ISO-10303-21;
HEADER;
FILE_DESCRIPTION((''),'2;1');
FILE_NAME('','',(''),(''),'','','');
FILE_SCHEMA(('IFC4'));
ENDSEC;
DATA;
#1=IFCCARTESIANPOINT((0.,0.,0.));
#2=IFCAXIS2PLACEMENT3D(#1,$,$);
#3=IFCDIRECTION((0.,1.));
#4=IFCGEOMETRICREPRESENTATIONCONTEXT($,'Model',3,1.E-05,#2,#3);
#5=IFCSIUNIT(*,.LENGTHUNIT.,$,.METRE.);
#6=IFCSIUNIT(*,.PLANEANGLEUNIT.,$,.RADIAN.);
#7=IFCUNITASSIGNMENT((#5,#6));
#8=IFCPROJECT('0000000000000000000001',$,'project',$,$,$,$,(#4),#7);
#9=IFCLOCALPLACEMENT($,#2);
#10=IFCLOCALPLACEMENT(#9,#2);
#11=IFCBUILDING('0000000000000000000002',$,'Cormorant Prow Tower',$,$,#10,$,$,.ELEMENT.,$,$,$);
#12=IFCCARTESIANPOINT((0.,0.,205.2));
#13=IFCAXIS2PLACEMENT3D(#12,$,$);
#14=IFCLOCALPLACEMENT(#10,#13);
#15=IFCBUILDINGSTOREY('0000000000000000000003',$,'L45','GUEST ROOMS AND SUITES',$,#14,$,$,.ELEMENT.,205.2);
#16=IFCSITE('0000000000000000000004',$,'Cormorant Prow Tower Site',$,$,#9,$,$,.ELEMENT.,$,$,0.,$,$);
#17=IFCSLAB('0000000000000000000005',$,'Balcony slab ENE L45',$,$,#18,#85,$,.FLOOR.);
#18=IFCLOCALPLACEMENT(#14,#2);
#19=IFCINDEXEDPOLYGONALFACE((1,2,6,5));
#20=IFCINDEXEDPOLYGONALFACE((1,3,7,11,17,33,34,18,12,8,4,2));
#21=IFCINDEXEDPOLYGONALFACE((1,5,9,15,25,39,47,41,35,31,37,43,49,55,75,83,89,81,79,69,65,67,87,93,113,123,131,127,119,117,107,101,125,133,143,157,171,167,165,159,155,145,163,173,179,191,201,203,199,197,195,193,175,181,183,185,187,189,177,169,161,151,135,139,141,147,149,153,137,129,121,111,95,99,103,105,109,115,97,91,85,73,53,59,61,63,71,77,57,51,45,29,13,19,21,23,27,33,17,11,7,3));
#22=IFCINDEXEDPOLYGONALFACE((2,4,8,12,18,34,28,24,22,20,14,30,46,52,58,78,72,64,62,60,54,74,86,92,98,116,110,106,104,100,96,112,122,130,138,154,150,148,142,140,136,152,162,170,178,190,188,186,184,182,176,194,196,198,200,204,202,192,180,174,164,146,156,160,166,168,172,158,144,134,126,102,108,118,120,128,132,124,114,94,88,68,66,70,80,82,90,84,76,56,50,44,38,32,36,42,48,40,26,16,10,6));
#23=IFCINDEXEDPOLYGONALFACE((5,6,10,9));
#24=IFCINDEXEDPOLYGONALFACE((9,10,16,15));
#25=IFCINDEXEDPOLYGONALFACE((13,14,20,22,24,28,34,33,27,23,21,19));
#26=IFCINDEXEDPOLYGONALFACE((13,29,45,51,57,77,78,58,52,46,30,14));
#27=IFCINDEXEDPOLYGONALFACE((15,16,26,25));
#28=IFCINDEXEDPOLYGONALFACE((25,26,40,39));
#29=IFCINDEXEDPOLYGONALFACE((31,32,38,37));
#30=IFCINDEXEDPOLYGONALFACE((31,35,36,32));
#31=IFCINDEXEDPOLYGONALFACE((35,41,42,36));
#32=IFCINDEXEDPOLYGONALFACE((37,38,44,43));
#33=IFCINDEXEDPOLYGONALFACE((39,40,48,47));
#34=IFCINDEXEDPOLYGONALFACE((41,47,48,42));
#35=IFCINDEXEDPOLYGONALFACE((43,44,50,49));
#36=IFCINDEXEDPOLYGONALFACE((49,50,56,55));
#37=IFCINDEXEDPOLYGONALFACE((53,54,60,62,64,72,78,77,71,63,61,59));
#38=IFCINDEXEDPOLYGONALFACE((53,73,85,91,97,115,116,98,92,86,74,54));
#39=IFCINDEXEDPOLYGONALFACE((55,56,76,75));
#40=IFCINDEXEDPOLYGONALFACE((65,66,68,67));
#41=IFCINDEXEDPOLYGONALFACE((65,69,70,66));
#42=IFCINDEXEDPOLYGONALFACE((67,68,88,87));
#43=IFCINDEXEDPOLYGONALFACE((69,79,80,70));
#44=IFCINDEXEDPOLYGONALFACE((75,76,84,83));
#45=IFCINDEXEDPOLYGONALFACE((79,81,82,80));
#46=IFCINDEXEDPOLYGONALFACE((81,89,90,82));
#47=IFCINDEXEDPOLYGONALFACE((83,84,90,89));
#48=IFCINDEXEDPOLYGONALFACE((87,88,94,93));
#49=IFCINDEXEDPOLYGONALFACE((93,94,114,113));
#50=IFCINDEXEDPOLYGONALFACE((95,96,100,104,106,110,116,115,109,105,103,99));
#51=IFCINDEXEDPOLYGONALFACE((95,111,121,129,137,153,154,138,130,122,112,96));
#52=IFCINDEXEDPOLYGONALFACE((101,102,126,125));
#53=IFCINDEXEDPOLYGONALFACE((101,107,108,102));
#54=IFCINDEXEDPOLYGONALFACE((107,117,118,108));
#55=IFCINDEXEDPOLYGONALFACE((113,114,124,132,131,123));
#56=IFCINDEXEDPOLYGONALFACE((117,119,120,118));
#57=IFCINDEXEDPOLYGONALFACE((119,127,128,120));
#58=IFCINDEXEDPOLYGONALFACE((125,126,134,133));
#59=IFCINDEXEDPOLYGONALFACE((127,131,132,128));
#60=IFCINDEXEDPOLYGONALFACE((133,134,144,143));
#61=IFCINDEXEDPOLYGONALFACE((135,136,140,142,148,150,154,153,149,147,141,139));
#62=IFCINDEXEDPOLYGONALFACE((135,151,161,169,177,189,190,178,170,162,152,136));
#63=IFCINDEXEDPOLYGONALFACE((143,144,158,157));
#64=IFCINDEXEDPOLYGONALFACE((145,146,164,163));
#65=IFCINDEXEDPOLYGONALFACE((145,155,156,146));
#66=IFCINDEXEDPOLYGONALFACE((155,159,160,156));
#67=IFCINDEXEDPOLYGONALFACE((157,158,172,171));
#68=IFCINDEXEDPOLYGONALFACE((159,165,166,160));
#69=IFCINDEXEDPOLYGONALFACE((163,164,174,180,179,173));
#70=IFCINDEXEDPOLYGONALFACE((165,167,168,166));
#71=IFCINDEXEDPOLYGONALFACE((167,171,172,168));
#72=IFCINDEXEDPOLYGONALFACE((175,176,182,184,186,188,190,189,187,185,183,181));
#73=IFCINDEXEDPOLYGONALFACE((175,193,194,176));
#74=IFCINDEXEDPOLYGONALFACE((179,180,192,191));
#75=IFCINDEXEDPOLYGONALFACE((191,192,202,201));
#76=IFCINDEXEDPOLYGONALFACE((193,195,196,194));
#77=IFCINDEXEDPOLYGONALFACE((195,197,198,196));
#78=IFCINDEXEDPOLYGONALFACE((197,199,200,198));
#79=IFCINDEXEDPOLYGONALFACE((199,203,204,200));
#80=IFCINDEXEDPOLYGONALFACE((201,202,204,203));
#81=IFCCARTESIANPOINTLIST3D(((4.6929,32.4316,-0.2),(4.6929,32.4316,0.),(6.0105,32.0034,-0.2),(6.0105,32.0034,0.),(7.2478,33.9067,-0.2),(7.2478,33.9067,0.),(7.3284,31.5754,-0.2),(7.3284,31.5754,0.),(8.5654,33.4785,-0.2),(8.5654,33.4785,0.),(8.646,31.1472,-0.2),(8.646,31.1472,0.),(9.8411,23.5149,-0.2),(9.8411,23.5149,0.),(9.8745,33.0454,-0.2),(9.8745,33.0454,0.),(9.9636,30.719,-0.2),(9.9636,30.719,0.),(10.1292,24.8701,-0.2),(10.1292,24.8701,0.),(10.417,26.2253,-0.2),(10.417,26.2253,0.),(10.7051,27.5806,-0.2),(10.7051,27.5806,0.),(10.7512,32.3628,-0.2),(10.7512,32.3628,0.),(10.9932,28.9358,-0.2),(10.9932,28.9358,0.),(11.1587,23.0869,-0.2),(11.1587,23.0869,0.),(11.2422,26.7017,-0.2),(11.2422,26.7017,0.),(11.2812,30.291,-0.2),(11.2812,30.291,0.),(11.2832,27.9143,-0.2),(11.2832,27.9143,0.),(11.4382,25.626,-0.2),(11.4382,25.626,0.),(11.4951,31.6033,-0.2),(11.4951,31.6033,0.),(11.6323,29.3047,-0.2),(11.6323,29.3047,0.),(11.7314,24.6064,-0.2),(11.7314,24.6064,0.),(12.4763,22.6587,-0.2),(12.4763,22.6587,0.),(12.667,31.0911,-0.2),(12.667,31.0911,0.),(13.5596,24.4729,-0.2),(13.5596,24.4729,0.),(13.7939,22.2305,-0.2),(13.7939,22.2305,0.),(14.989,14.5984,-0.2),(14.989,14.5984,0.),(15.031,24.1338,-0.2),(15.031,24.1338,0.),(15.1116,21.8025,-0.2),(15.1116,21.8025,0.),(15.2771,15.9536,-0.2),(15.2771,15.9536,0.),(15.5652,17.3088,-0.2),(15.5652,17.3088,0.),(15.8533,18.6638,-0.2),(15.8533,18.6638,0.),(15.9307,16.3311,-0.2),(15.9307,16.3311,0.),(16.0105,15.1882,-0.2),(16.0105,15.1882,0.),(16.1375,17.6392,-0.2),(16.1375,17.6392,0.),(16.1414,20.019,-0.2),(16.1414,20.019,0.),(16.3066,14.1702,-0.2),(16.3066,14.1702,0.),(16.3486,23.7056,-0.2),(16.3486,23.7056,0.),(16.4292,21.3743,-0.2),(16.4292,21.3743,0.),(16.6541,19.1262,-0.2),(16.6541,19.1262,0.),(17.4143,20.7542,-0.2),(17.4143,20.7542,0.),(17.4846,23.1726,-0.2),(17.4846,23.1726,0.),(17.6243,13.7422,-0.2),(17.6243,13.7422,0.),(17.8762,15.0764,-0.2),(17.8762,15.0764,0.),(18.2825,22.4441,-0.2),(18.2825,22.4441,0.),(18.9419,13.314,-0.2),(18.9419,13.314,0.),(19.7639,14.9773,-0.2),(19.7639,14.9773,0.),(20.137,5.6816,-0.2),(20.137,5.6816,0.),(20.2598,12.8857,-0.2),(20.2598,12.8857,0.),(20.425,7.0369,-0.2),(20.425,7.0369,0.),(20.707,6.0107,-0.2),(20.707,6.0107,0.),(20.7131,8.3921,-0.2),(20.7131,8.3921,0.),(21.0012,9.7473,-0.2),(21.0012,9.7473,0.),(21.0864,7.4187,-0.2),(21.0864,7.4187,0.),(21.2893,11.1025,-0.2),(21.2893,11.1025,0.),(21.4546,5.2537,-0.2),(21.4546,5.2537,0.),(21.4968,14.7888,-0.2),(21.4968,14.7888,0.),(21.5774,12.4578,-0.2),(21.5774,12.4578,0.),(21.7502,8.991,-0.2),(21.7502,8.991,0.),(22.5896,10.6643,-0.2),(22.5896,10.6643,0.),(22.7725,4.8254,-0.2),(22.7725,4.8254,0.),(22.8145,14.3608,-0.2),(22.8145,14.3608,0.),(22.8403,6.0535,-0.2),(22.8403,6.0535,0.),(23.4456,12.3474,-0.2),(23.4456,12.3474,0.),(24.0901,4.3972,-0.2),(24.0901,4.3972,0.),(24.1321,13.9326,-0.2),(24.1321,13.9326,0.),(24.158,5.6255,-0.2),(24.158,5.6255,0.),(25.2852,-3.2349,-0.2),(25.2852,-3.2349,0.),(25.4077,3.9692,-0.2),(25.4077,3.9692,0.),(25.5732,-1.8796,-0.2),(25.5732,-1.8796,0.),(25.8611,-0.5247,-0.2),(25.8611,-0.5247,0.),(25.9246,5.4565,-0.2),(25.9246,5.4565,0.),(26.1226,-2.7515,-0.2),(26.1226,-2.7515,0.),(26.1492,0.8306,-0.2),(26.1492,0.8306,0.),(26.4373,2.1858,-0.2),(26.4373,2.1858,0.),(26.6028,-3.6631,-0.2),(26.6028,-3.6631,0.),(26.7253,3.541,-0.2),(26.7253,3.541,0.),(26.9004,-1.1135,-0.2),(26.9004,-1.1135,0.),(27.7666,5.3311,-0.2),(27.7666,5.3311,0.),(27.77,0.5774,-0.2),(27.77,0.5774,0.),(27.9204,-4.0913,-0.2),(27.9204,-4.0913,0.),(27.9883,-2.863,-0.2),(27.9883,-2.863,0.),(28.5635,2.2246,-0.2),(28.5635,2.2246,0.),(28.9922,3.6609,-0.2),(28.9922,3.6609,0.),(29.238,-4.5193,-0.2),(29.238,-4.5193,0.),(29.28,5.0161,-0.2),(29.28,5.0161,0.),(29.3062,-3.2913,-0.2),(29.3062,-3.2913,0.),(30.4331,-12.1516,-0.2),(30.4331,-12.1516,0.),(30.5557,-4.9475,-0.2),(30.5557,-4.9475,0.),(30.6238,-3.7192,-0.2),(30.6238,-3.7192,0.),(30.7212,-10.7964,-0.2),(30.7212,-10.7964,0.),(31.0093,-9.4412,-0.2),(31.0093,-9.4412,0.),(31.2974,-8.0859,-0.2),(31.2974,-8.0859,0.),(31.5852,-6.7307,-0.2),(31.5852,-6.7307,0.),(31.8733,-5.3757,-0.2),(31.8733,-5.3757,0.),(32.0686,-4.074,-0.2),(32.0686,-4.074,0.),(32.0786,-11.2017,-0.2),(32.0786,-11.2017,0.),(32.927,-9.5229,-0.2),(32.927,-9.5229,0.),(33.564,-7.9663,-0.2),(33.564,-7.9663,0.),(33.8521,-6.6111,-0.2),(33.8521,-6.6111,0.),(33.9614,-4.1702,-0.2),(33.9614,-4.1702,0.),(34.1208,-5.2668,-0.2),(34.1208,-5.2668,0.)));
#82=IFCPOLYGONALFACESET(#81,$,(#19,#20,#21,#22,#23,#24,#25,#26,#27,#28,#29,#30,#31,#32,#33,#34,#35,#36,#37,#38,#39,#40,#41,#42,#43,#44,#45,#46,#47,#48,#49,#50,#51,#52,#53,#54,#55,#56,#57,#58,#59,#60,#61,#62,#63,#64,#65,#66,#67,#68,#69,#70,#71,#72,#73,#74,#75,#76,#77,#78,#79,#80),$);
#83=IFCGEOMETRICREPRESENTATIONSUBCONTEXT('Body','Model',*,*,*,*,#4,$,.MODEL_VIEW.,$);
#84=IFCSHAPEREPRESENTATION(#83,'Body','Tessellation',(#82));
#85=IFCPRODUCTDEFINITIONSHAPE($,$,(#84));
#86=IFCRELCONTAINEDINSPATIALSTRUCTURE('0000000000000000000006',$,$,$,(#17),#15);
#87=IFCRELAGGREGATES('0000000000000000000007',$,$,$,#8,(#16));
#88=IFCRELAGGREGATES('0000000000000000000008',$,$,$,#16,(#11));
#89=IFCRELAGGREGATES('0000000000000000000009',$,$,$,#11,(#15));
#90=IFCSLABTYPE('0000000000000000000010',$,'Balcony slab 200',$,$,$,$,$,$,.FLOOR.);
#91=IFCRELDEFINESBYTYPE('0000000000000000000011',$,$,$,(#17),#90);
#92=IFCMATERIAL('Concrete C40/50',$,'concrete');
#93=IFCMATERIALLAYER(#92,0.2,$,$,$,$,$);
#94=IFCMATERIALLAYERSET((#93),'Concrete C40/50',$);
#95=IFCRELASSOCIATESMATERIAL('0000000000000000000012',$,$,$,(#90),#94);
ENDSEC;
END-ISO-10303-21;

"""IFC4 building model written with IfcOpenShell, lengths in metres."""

from ifc_helpers import new_model, si_unit, direction, frame, origin, place, context, subcontext, project, spatial, polyline, outline, extrude, material, layer, layer_set, type_object, element, save


model = new_model("IFC4")

# Units and contexts
model_context = context("Model", 3, precision=1e-05, world=origin(), true_north=direction((0.0, 1.0)))
body_context = subcontext(model_context, "Body", "Model", "MODEL_VIEW")
ifc_project = project(units=[si_unit("LENGTHUNIT", "METRE"), si_unit("PLANEANGLEUNIT", "RADIAN")], contexts=[model_context])

# Site, building, storey
site_placement = place(None, origin())
site = spatial("IfcSite", under=ifc_project, at=site_placement, Name="Cormorant Prow Tower Site", CompositionType="ELEMENT", RefElevation=0.0)
building_placement = place(site_placement, origin())
building = spatial("IfcBuilding", under=site, at=building_placement, Name="Cormorant Prow Tower", CompositionType="ELEMENT")
storey_placement = place(building_placement, frame((0.0, 0.0, 205.2)))
storey = spatial("IfcBuildingStorey", under=building, at=storey_placement, Name="L45", Description="GUEST ROOMS AND SUITES", CompositionType="ELEMENT", Elevation=205.2)

# Slab
ifc_material_1 = material(Name="Concrete C40/50", Category="concrete")
ifc_layer_1 = layer(ifc_material_1, 0.2)
ifc_layer_set_1 = layer_set([ifc_layer_1], Name="Concrete C40/50")
slab_type_1 = type_object("IfcSlabType", Name="Balcony slab 200", PredefinedType="FLOOR", material=ifc_layer_set_1)
slab_1_placement = place(storey_placement, frame((0.0, 0.0, -0.2)))
element("IfcSlab", 1, at=slab_1_placement, inside=storey, type_object=slab_type_1, Name="Balcony slab ENE L45", PredefinedType="FLOOR", context=body_context, shape_type="SweptSolid", body=[
    extrude(outline(polyline([(30.4331, -12.1516), (32.0786, -11.2017), (32.927, -9.5229), (33.564, -7.9663), (33.8521, -6.6111), (34.1208, -5.2668), (33.9614, -4.1702), (32.0686, -4.074), (30.6238, -3.7192), (29.3062, -3.2913), (27.9883, -2.863), (26.1226, -2.7515), (26.9004, -1.1135), (27.77, 0.5774), (28.5635, 2.2246), (28.9922, 3.6609), (29.28, 5.0161), (27.7666, 5.3311), (25.9246, 5.4565), (24.158, 5.6255), (22.8403, 6.0535), (20.707, 6.0107), (21.0864, 7.4187), (21.7502, 8.991), (22.5896, 10.6643), (23.4456, 12.3474), (24.1321, 13.9326), (22.8145, 14.3608), (21.4968, 14.7888), (19.7639, 14.9773), (17.8762, 15.0764), (16.0105, 15.1882), (15.9307, 16.3311), (16.1375, 17.6392), (16.6541, 19.1262), (17.4143, 20.7542), (18.2825, 22.4441), (17.4846, 23.1726), (16.3486, 23.7056), (15.031, 24.1338), (13.5596, 24.4729), (11.7314, 24.6064), (11.4382, 25.626), (11.2422, 26.7017), (11.2832, 27.9143), (11.6323, 29.3047), (12.667, 31.0911), (11.4951, 31.6033), (10.7512, 32.3628), (9.8745, 33.0454), (8.5654, 33.4785), (7.2478, 33.9067), (4.6929, 32.4316), (6.0105, 32.0034), (7.3284, 31.5754), (8.646, 31.1472), (9.9636, 30.719), (11.2812, 30.291), (10.9932, 28.9358), (10.7051, 27.5806), (10.417, 26.2253), (10.1292, 24.8701), (9.8411, 23.5149), (11.1587, 23.0869), (12.4763, 22.6587), (13.7939, 22.2305), (15.1116, 21.8025), (16.4292, 21.3743), (16.1414, 20.019), (15.8533, 18.6638), (15.5652, 17.3088), (15.2771, 15.9536), (14.989, 14.5984), (16.3066, 14.1702), (17.6243, 13.7422), (18.9419, 13.314), (20.2598, 12.8857), (21.5774, 12.4578), (21.2893, 11.1025), (21.0012, 9.7473), (20.7131, 8.3921), (20.425, 7.0369), (20.137, 5.6816), (21.4546, 5.2537), (22.7725, 4.8254), (24.0901, 4.3972), (25.4077, 3.9692), (26.7253, 3.541), (26.4373, 2.1858), (26.1492, 0.8306), (25.8611, -0.5247), (25.5732, -1.8796), (25.2852, -3.2349), (26.6028, -3.6631), (27.9204, -4.0913), (29.238, -4.5193), (30.5557, -4.9475), (31.8733, -5.3757), (31.5852, -6.7307), (31.2974, -8.0859), (31.0093, -9.4412), (30.7212, -10.7964), (30.4331, -12.1516)])), origin(), (0.0, 0.0, 1.0), 0.2),
])

save(model, "model.ifc")
